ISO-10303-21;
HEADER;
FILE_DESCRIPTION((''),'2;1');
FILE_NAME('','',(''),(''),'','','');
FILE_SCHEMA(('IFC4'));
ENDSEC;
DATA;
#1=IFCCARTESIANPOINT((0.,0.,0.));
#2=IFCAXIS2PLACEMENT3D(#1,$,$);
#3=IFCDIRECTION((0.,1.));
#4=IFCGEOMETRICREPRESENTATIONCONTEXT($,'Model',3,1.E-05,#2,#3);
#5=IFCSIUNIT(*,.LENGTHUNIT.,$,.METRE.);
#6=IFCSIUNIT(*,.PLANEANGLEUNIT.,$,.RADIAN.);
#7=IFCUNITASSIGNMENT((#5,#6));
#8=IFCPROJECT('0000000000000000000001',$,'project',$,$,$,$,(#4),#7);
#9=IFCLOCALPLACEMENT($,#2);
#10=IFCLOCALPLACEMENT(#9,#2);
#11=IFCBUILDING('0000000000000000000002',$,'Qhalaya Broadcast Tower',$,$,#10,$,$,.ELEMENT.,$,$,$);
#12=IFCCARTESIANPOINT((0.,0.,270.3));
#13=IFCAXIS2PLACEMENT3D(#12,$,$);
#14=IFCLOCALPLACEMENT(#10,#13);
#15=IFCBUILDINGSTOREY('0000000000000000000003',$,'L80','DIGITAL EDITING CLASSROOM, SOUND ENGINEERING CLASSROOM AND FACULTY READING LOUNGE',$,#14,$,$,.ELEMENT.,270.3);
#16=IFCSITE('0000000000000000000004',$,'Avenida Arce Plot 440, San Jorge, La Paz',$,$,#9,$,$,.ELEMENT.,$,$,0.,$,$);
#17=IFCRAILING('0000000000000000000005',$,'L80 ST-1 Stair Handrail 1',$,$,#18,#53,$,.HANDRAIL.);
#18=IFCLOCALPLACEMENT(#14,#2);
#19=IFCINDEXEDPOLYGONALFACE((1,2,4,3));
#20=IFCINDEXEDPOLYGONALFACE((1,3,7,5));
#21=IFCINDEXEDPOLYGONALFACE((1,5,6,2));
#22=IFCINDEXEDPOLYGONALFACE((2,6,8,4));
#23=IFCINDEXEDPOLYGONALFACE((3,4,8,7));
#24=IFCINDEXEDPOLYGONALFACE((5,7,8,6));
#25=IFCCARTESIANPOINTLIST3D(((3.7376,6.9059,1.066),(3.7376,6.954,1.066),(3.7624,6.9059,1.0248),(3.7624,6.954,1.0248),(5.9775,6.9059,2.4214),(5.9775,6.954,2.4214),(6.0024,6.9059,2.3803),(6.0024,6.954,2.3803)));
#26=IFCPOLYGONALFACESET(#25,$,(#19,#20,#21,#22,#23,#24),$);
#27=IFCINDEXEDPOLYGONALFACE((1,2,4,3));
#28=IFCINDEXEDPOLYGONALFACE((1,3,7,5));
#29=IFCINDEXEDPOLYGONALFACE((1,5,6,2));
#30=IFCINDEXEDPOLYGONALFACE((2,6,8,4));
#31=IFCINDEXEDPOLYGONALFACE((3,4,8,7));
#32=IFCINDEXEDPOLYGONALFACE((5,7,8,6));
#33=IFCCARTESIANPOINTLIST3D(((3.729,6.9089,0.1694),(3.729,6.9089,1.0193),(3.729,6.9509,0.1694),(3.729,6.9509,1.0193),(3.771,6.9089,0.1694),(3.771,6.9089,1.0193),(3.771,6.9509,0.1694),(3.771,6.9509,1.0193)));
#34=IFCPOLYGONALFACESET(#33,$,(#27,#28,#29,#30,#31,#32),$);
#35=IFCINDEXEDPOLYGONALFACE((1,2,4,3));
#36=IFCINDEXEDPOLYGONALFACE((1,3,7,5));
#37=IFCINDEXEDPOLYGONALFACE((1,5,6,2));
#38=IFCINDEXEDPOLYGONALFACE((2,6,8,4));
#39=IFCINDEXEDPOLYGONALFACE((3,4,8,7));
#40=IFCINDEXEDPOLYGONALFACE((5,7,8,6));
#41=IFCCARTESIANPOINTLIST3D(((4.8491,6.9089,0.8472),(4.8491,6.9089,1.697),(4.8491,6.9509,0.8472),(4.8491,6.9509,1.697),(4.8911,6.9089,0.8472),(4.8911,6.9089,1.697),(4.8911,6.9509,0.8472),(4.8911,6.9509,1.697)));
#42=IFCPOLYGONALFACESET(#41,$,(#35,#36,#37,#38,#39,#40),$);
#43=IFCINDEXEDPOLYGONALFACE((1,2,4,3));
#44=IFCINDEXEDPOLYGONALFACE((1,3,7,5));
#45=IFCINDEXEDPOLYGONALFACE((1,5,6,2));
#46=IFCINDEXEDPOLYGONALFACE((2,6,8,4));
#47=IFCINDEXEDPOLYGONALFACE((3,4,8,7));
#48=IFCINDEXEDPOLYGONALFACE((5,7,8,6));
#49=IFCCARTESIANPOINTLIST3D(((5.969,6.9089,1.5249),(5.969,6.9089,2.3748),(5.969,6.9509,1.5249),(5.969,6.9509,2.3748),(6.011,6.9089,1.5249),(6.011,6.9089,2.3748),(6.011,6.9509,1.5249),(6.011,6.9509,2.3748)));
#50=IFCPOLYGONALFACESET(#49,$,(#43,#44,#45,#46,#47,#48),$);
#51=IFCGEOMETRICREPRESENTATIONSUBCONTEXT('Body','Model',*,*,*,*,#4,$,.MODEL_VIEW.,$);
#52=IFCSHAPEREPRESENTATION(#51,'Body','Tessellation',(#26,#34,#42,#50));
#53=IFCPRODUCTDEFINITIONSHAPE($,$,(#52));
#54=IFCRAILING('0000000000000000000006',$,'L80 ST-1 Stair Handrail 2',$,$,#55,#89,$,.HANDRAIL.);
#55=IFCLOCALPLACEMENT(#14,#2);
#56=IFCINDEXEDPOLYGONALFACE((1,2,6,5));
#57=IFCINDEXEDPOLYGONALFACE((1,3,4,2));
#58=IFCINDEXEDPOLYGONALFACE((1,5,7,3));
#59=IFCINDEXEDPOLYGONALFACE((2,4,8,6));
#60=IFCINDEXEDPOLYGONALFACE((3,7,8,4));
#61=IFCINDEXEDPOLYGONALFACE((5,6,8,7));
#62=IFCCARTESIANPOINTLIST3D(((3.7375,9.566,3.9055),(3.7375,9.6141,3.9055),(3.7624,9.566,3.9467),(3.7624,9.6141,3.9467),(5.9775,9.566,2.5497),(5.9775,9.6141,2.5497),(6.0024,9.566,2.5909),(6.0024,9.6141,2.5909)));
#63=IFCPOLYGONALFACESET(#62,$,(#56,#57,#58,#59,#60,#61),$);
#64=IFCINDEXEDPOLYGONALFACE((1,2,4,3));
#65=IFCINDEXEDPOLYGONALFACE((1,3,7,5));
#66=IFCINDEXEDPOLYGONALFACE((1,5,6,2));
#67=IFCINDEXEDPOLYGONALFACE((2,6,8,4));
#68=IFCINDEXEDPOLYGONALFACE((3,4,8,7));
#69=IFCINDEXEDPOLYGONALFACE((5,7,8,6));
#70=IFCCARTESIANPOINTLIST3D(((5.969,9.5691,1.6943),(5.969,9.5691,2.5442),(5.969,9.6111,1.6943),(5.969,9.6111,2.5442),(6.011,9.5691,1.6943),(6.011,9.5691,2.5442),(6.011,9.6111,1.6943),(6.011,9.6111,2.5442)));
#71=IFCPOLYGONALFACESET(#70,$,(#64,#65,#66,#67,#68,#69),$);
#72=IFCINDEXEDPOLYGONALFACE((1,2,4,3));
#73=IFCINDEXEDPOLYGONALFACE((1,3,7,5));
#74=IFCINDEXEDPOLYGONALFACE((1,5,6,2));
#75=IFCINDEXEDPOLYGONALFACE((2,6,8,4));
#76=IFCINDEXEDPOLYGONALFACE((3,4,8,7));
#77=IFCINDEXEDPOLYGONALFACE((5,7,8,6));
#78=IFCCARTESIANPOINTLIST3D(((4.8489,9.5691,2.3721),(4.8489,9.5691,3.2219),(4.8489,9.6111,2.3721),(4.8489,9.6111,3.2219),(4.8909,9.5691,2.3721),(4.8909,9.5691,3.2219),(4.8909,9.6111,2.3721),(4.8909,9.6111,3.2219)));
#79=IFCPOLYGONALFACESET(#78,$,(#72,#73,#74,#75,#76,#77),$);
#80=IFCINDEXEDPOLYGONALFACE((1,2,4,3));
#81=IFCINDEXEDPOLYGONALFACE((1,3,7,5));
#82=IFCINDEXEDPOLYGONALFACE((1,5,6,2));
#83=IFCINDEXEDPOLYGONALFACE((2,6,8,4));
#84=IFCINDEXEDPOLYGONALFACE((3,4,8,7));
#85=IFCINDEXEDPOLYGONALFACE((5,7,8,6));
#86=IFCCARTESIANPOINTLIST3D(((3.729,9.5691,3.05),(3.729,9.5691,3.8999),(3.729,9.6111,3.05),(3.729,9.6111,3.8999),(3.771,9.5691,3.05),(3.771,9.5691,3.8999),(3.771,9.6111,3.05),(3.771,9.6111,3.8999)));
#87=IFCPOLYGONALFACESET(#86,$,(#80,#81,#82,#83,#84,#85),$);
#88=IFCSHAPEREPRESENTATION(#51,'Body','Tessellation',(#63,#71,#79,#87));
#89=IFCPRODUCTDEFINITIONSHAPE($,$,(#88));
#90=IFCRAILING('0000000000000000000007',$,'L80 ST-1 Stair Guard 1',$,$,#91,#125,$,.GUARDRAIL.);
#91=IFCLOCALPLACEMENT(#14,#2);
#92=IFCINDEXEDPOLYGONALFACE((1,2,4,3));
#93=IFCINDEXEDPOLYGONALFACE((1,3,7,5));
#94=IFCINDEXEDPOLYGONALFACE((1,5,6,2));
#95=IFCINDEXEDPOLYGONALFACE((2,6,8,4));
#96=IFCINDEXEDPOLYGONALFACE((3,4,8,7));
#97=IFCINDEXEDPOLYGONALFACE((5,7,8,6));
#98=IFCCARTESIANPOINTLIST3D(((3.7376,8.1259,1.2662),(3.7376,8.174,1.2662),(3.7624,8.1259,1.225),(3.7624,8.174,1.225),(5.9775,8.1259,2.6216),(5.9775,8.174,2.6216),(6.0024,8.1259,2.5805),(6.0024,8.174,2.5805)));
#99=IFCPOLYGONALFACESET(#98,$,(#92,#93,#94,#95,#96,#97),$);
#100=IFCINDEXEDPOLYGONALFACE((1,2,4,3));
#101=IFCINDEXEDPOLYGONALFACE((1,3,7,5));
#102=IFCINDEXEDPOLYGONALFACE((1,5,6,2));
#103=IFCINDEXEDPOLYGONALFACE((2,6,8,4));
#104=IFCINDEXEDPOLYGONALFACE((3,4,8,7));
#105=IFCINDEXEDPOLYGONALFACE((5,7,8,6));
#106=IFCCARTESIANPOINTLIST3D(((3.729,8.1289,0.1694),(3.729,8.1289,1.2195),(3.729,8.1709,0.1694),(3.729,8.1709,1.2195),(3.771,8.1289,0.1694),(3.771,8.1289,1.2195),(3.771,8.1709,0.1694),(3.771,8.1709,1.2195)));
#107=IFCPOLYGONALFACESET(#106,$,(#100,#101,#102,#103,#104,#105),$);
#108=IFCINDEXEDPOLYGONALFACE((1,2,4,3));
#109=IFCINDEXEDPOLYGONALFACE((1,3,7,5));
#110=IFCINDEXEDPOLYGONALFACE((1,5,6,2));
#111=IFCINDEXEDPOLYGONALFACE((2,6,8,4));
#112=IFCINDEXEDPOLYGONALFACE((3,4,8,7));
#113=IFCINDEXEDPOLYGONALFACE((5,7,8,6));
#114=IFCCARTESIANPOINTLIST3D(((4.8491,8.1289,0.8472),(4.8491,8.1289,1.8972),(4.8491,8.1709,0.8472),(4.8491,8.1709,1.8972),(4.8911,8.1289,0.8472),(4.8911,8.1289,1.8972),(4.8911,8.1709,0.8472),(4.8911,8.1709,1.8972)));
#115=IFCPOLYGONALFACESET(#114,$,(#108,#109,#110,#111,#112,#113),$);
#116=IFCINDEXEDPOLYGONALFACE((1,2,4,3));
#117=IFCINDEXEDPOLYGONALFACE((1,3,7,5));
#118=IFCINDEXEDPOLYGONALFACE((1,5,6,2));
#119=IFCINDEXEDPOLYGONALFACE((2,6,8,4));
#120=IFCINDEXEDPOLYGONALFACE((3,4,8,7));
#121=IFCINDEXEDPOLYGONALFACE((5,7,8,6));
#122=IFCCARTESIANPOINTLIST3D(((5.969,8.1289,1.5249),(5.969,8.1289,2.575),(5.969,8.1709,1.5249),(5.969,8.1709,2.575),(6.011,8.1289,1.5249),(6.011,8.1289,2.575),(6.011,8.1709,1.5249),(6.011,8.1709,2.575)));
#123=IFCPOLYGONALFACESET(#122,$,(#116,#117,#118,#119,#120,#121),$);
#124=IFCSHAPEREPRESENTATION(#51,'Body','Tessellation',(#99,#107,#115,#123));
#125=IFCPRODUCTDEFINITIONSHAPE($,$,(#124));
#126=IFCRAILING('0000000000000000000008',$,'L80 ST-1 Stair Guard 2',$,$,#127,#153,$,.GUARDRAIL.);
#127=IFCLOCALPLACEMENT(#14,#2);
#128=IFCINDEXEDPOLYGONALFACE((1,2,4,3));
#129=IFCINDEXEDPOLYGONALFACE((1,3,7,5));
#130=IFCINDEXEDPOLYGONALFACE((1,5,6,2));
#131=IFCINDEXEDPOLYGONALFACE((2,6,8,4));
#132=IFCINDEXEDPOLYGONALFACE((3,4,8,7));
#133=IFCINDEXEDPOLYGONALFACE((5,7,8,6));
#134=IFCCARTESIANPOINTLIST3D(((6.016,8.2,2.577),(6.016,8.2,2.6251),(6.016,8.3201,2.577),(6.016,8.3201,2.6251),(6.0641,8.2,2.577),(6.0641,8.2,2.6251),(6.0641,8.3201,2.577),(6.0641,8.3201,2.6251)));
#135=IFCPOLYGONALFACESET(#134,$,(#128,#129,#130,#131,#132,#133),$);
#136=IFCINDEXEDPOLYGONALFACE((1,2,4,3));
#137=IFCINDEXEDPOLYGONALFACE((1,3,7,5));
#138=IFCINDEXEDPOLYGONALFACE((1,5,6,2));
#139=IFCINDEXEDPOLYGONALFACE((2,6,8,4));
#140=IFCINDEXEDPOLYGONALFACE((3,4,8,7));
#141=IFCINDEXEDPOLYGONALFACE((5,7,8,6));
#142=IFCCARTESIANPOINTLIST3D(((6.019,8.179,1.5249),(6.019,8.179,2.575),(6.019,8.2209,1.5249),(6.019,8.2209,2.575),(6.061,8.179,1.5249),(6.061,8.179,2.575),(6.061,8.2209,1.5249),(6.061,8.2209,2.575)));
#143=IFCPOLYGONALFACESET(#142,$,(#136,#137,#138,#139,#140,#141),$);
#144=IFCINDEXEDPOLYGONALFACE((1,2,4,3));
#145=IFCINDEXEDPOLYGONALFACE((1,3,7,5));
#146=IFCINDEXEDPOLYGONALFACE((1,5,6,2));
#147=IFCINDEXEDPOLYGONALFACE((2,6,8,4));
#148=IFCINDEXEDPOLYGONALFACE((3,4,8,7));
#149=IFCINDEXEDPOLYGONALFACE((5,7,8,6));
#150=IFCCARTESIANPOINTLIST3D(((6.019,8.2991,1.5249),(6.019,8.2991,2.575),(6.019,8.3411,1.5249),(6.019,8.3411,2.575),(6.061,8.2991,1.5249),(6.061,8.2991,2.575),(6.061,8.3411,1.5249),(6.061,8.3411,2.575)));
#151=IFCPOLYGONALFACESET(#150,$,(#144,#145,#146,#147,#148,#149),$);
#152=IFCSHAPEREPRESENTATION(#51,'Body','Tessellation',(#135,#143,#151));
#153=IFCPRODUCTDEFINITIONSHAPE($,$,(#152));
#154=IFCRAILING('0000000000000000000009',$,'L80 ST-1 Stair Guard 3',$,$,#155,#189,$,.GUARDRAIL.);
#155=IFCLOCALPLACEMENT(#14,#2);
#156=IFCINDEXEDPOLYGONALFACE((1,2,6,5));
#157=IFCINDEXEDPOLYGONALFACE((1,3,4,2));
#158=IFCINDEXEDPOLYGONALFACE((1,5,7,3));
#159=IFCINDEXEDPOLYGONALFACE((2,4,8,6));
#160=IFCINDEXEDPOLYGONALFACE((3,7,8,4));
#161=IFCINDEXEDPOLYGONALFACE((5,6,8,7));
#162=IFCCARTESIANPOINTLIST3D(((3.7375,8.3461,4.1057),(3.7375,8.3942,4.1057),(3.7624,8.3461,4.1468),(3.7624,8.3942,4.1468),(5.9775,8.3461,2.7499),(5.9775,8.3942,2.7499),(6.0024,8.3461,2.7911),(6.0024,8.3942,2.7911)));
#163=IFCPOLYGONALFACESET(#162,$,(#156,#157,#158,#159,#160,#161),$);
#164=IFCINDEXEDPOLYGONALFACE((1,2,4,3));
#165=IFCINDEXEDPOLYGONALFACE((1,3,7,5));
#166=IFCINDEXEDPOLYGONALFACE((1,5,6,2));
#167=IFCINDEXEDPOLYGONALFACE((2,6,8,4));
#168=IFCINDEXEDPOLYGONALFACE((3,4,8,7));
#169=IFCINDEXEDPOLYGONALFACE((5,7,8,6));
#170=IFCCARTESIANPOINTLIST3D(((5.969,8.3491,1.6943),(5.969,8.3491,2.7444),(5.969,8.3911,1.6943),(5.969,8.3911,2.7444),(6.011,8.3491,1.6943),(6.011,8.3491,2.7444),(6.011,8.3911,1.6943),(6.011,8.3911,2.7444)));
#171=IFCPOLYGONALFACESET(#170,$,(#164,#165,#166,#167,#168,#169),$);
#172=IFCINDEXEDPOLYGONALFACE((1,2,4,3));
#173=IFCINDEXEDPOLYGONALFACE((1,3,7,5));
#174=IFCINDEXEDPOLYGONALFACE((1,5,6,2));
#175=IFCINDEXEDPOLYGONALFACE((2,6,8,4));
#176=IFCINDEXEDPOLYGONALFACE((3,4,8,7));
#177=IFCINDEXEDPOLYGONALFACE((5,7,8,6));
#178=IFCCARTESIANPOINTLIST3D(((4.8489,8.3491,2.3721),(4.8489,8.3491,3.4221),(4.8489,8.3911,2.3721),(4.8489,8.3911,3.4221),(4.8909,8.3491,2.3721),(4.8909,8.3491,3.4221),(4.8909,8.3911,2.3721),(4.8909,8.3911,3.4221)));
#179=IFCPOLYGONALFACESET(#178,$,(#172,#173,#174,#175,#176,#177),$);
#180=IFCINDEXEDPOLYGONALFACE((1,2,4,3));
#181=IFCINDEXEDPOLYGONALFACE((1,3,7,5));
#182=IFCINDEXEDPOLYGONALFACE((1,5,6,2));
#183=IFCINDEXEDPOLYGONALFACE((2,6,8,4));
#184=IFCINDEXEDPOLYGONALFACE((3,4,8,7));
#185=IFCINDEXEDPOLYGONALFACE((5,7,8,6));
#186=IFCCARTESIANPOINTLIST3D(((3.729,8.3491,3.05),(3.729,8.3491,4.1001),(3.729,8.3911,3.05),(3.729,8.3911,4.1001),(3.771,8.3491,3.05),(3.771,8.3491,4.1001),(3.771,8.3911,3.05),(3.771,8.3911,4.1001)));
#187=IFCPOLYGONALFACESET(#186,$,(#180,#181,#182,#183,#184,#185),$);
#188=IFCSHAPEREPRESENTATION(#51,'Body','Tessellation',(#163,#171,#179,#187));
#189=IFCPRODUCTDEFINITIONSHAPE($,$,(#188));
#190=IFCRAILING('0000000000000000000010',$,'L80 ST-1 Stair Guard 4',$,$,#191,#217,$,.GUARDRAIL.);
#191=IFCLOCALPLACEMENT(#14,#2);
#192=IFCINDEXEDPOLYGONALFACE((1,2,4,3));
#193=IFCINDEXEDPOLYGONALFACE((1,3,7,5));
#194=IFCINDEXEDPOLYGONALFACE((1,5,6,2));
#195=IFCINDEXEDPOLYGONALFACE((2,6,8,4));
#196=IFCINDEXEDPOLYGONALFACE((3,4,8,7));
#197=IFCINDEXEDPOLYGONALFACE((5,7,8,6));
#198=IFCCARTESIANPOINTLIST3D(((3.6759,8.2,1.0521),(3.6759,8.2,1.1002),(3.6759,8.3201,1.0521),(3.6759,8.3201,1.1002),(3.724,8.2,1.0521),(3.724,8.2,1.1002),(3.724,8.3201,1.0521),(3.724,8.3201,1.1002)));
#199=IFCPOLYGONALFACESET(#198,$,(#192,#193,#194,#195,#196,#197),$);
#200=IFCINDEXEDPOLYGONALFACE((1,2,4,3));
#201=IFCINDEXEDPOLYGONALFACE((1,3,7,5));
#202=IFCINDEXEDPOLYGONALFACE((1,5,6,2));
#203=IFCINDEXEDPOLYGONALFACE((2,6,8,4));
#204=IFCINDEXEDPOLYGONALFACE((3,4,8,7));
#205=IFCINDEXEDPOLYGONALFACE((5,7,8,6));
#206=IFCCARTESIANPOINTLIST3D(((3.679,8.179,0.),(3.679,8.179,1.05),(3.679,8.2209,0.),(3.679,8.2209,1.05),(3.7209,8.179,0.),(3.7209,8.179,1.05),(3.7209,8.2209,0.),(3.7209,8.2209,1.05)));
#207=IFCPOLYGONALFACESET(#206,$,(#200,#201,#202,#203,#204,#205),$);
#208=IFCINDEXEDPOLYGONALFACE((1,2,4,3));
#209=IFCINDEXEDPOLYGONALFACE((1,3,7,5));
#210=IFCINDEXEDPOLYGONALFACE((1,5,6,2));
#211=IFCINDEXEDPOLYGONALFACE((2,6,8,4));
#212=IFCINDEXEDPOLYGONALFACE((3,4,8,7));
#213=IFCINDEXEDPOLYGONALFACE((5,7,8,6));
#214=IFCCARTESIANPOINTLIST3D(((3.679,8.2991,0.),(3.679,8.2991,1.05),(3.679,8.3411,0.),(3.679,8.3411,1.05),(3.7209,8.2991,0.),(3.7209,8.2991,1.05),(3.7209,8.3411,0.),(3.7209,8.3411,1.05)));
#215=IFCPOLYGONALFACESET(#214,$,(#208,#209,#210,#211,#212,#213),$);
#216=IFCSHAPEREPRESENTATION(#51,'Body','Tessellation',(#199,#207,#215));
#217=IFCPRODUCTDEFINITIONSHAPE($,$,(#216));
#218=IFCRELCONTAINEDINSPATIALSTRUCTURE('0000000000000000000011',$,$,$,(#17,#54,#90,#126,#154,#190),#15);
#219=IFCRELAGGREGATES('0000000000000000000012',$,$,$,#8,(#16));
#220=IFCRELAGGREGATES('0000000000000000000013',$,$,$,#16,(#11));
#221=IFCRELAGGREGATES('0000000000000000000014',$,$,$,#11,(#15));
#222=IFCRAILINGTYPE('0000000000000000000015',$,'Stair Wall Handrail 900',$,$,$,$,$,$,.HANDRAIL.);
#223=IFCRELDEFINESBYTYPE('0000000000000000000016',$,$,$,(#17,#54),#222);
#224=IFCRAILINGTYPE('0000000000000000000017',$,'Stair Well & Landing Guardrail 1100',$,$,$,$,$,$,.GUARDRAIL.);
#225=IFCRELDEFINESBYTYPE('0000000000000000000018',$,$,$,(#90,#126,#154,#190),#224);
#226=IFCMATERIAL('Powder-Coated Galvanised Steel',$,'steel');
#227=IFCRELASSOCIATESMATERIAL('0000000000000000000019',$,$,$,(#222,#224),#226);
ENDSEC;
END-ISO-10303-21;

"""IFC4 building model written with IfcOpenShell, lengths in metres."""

from ifc_helpers import new_model, si_unit, direction, frame, origin, origin_2d, place, context, subcontext, project, spatial, rectangle, extrude, material, type_object, element, save


model = new_model("IFC4")

# Units and contexts
model_context = context("Model", 3, precision=1e-05, world=origin(), true_north=direction((0.0, 1.0)))
body_context = subcontext(model_context, "Body", "Model", "MODEL_VIEW")
ifc_project = project(units=[si_unit("LENGTHUNIT", "METRE"), si_unit("PLANEANGLEUNIT", "RADIAN")], contexts=[model_context])

# Site, building, storey
site_placement = place(None, origin())
site = spatial("IfcSite", under=ifc_project, at=site_placement, Name="Avenida Arce Plot 440, San Jorge, La Paz", CompositionType="ELEMENT", RefElevation=0.0)
building_placement = place(site_placement, origin())
building = spatial("IfcBuilding", under=site, at=building_placement, Name="Qhalaya Broadcast Tower", CompositionType="ELEMENT")
storey_placement = place(building_placement, frame((0.0, 0.0, 270.3)))
storey = spatial("IfcBuildingStorey", under=building, at=storey_placement, Name="L80", Description="DIGITAL EDITING CLASSROOM, SOUND ENGINEERING CLASSROOM AND FACULTY READING LOUNGE", CompositionType="ELEMENT", Elevation=270.3)

# Railings
ifc_material_1 = material(Name="Powder-Coated Galvanised Steel", Category="steel")
railing_type_1 = type_object("IfcRailingType", Name="Stair Wall Handrail 900", PredefinedType="HANDRAIL", material=ifc_material_1)
railing_1_placement = place(storey_placement, frame((3.75, 6.9299, 0.1694)))
element("IfcRailing", 1, at=railing_1_placement, inside=storey, type_object=railing_type_1, Name="L80 ST-1 Stair Handrail 1", PredefinedType="HANDRAIL", context=body_context, shape_type="SweptSolid", body=[
    extrude(rectangle(XDim=0.0481, YDim=0.0481, at=origin_2d()), frame((0.0, 0.0, 0.876), z_axis=(0.855553, 0.0, 0.517715), x_axis=(0.0, 1.0, 0.0)), (0.0, 0.0, 1.0), 2.6182),
    extrude(rectangle(XDim=0.042, YDim=0.042, at=origin_2d()), origin(), (0.0, 0.0, 1.0), 0.8499),
    extrude(rectangle(XDim=0.042, YDim=0.042, at=origin_2d()), frame((1.1201, 0.0, 0.6777)), (0.0, 0.0, 1.0), 0.8499),
    extrude(rectangle(XDim=0.042, YDim=0.042, at=origin_2d()), frame((2.24, 0.0, 1.3555)), (0.0, 0.0, 1.0), 0.8499),
])
railing_2_placement = place(storey_placement, frame((5.99, 9.5901, 1.6943)))
element("IfcRailing", 2, at=railing_2_placement, inside=storey, type_object=railing_type_1, Name="L80 ST-1 Stair Handrail 2", PredefinedType="HANDRAIL", context=body_context, shape_type="SweptSolid", body=[
    extrude(rectangle(XDim=0.0481, YDim=0.0481, at=origin_2d()), frame((0.0, 0.0, 0.876), z_axis=(-0.855512, 0.0, 0.517783), x_axis=(0.0, -1.0, 0.0)), (0.0, 0.0, 1.0), 2.6184),
    extrude(rectangle(XDim=0.042, YDim=0.042, at=origin_2d()), origin(), (0.0, 0.0, 1.0), 0.8499),
    extrude(rectangle(XDim=0.042, YDim=0.042, at=origin_2d()), frame((-1.1201, 0.0, 0.6777)), (0.0, 0.0, 1.0), 0.8499),
    extrude(rectangle(XDim=0.042, YDim=0.042, at=origin_2d()), frame((-2.24, 0.0, 1.3557)), (0.0, 0.0, 1.0), 0.8499),
])
railing_type_2 = type_object("IfcRailingType", Name="Stair Well & Landing Guardrail 1100", PredefinedType="GUARDRAIL", material=ifc_material_1)
railing_3_placement = place(storey_placement, frame((3.75, 8.1499, 0.1694)))
element("IfcRailing", 3, at=railing_3_placement, inside=storey, type_object=railing_type_2, Name="L80 ST-1 Stair Guard 1", PredefinedType="GUARDRAIL", context=body_context, shape_type="SweptSolid", body=[
    extrude(rectangle(XDim=0.0481, YDim=0.0481, at=origin_2d()), frame((0.0, 0.0, 1.0762), z_axis=(0.855553, 0.0, 0.517715), x_axis=(0.0, 1.0, 0.0)), (0.0, 0.0, 1.0), 2.6182),
    extrude(rectangle(XDim=0.042, YDim=0.042, at=origin_2d()), origin(), (0.0, 0.0, 1.0), 1.05),
    extrude(rectangle(XDim=0.042, YDim=0.042, at=origin_2d()), frame((1.1201, 0.0, 0.6777)), (0.0, 0.0, 1.0), 1.05),
    extrude(rectangle(XDim=0.042, YDim=0.042, at=origin_2d()), frame((2.24, 0.0, 1.3555)), (0.0, 0.0, 1.0), 1.05),
])
railing_4_placement = place(storey_placement, frame((6.04, 8.2, 1.5249)))
element("IfcRailing", 4, at=railing_4_placement, inside=storey, type_object=railing_type_2, Name="L80 ST-1 Stair Guard 2", PredefinedType="GUARDRAIL", context=body_context, shape_type="SweptSolid", body=[
    extrude(rectangle(XDim=0.0481, YDim=0.0481, at=origin_2d()), frame((0.0, 0.0, 1.0762), z_axis=(0.0, 1.0, 0.0), x_axis=(-1.0, 0.0, 0.0)), (0.0, 0.0, 1.0), 0.1201),
    extrude(rectangle(XDim=0.042, YDim=0.042, at=origin_2d()), origin(), (0.0, 0.0, 1.0), 1.05),
    extrude(rectangle(XDim=0.042, YDim=0.042, at=origin_2d()), frame((0.0, 0.1201, 0.0)), (0.0, 0.0, 1.0), 1.05),
])
railing_5_placement = place(storey_placement, frame((5.99, 8.3701, 1.6943)))
element("IfcRailing", 5, at=railing_5_placement, inside=storey, type_object=railing_type_2, Name="L80 ST-1 Stair Guard 3", PredefinedType="GUARDRAIL", context=body_context, shape_type="SweptSolid", body=[
    extrude(rectangle(XDim=0.0481, YDim=0.0481, at=origin_2d()), frame((0.0, 0.0, 1.0762), z_axis=(-0.855512, 0.0, 0.517783), x_axis=(0.0, -1.0, 0.0)), (0.0, 0.0, 1.0), 2.6184),
    extrude(rectangle(XDim=0.042, YDim=0.042, at=origin_2d()), origin(), (0.0, 0.0, 1.0), 1.05),
    extrude(rectangle(XDim=0.042, YDim=0.042, at=origin_2d()), frame((-1.1201, 0.0, 0.6777)), (0.0, 0.0, 1.0), 1.05),
    extrude(rectangle(XDim=0.042, YDim=0.042, at=origin_2d()), frame((-2.24, 0.0, 1.3557)), (0.0, 0.0, 1.0), 1.05),
])
railing_6_placement = place(storey_placement, frame((3.7, 8.2, 0.0)))
element("IfcRailing", 6, at=railing_6_placement, inside=storey, type_object=railing_type_2, Name="L80 ST-1 Stair Guard 4", PredefinedType="GUARDRAIL", context=body_context, shape_type="SweptSolid", body=[
    extrude(rectangle(XDim=0.0481, YDim=0.0481, at=origin_2d()), frame((0.0, 0.0, 1.0762), z_axis=(0.0, 1.0, 0.0), x_axis=(-1.0, 0.0, 0.0)), (0.0, 0.0, 1.0), 0.1201),
    extrude(rectangle(XDim=0.042, YDim=0.042, at=origin_2d()), origin(), (0.0, 0.0, 1.0), 1.05),
    extrude(rectangle(XDim=0.042, YDim=0.042, at=origin_2d()), frame((0.0, 0.1201, 0.0)), (0.0, 0.0, 1.0), 1.05),
])

save(model, "model.ifc")
